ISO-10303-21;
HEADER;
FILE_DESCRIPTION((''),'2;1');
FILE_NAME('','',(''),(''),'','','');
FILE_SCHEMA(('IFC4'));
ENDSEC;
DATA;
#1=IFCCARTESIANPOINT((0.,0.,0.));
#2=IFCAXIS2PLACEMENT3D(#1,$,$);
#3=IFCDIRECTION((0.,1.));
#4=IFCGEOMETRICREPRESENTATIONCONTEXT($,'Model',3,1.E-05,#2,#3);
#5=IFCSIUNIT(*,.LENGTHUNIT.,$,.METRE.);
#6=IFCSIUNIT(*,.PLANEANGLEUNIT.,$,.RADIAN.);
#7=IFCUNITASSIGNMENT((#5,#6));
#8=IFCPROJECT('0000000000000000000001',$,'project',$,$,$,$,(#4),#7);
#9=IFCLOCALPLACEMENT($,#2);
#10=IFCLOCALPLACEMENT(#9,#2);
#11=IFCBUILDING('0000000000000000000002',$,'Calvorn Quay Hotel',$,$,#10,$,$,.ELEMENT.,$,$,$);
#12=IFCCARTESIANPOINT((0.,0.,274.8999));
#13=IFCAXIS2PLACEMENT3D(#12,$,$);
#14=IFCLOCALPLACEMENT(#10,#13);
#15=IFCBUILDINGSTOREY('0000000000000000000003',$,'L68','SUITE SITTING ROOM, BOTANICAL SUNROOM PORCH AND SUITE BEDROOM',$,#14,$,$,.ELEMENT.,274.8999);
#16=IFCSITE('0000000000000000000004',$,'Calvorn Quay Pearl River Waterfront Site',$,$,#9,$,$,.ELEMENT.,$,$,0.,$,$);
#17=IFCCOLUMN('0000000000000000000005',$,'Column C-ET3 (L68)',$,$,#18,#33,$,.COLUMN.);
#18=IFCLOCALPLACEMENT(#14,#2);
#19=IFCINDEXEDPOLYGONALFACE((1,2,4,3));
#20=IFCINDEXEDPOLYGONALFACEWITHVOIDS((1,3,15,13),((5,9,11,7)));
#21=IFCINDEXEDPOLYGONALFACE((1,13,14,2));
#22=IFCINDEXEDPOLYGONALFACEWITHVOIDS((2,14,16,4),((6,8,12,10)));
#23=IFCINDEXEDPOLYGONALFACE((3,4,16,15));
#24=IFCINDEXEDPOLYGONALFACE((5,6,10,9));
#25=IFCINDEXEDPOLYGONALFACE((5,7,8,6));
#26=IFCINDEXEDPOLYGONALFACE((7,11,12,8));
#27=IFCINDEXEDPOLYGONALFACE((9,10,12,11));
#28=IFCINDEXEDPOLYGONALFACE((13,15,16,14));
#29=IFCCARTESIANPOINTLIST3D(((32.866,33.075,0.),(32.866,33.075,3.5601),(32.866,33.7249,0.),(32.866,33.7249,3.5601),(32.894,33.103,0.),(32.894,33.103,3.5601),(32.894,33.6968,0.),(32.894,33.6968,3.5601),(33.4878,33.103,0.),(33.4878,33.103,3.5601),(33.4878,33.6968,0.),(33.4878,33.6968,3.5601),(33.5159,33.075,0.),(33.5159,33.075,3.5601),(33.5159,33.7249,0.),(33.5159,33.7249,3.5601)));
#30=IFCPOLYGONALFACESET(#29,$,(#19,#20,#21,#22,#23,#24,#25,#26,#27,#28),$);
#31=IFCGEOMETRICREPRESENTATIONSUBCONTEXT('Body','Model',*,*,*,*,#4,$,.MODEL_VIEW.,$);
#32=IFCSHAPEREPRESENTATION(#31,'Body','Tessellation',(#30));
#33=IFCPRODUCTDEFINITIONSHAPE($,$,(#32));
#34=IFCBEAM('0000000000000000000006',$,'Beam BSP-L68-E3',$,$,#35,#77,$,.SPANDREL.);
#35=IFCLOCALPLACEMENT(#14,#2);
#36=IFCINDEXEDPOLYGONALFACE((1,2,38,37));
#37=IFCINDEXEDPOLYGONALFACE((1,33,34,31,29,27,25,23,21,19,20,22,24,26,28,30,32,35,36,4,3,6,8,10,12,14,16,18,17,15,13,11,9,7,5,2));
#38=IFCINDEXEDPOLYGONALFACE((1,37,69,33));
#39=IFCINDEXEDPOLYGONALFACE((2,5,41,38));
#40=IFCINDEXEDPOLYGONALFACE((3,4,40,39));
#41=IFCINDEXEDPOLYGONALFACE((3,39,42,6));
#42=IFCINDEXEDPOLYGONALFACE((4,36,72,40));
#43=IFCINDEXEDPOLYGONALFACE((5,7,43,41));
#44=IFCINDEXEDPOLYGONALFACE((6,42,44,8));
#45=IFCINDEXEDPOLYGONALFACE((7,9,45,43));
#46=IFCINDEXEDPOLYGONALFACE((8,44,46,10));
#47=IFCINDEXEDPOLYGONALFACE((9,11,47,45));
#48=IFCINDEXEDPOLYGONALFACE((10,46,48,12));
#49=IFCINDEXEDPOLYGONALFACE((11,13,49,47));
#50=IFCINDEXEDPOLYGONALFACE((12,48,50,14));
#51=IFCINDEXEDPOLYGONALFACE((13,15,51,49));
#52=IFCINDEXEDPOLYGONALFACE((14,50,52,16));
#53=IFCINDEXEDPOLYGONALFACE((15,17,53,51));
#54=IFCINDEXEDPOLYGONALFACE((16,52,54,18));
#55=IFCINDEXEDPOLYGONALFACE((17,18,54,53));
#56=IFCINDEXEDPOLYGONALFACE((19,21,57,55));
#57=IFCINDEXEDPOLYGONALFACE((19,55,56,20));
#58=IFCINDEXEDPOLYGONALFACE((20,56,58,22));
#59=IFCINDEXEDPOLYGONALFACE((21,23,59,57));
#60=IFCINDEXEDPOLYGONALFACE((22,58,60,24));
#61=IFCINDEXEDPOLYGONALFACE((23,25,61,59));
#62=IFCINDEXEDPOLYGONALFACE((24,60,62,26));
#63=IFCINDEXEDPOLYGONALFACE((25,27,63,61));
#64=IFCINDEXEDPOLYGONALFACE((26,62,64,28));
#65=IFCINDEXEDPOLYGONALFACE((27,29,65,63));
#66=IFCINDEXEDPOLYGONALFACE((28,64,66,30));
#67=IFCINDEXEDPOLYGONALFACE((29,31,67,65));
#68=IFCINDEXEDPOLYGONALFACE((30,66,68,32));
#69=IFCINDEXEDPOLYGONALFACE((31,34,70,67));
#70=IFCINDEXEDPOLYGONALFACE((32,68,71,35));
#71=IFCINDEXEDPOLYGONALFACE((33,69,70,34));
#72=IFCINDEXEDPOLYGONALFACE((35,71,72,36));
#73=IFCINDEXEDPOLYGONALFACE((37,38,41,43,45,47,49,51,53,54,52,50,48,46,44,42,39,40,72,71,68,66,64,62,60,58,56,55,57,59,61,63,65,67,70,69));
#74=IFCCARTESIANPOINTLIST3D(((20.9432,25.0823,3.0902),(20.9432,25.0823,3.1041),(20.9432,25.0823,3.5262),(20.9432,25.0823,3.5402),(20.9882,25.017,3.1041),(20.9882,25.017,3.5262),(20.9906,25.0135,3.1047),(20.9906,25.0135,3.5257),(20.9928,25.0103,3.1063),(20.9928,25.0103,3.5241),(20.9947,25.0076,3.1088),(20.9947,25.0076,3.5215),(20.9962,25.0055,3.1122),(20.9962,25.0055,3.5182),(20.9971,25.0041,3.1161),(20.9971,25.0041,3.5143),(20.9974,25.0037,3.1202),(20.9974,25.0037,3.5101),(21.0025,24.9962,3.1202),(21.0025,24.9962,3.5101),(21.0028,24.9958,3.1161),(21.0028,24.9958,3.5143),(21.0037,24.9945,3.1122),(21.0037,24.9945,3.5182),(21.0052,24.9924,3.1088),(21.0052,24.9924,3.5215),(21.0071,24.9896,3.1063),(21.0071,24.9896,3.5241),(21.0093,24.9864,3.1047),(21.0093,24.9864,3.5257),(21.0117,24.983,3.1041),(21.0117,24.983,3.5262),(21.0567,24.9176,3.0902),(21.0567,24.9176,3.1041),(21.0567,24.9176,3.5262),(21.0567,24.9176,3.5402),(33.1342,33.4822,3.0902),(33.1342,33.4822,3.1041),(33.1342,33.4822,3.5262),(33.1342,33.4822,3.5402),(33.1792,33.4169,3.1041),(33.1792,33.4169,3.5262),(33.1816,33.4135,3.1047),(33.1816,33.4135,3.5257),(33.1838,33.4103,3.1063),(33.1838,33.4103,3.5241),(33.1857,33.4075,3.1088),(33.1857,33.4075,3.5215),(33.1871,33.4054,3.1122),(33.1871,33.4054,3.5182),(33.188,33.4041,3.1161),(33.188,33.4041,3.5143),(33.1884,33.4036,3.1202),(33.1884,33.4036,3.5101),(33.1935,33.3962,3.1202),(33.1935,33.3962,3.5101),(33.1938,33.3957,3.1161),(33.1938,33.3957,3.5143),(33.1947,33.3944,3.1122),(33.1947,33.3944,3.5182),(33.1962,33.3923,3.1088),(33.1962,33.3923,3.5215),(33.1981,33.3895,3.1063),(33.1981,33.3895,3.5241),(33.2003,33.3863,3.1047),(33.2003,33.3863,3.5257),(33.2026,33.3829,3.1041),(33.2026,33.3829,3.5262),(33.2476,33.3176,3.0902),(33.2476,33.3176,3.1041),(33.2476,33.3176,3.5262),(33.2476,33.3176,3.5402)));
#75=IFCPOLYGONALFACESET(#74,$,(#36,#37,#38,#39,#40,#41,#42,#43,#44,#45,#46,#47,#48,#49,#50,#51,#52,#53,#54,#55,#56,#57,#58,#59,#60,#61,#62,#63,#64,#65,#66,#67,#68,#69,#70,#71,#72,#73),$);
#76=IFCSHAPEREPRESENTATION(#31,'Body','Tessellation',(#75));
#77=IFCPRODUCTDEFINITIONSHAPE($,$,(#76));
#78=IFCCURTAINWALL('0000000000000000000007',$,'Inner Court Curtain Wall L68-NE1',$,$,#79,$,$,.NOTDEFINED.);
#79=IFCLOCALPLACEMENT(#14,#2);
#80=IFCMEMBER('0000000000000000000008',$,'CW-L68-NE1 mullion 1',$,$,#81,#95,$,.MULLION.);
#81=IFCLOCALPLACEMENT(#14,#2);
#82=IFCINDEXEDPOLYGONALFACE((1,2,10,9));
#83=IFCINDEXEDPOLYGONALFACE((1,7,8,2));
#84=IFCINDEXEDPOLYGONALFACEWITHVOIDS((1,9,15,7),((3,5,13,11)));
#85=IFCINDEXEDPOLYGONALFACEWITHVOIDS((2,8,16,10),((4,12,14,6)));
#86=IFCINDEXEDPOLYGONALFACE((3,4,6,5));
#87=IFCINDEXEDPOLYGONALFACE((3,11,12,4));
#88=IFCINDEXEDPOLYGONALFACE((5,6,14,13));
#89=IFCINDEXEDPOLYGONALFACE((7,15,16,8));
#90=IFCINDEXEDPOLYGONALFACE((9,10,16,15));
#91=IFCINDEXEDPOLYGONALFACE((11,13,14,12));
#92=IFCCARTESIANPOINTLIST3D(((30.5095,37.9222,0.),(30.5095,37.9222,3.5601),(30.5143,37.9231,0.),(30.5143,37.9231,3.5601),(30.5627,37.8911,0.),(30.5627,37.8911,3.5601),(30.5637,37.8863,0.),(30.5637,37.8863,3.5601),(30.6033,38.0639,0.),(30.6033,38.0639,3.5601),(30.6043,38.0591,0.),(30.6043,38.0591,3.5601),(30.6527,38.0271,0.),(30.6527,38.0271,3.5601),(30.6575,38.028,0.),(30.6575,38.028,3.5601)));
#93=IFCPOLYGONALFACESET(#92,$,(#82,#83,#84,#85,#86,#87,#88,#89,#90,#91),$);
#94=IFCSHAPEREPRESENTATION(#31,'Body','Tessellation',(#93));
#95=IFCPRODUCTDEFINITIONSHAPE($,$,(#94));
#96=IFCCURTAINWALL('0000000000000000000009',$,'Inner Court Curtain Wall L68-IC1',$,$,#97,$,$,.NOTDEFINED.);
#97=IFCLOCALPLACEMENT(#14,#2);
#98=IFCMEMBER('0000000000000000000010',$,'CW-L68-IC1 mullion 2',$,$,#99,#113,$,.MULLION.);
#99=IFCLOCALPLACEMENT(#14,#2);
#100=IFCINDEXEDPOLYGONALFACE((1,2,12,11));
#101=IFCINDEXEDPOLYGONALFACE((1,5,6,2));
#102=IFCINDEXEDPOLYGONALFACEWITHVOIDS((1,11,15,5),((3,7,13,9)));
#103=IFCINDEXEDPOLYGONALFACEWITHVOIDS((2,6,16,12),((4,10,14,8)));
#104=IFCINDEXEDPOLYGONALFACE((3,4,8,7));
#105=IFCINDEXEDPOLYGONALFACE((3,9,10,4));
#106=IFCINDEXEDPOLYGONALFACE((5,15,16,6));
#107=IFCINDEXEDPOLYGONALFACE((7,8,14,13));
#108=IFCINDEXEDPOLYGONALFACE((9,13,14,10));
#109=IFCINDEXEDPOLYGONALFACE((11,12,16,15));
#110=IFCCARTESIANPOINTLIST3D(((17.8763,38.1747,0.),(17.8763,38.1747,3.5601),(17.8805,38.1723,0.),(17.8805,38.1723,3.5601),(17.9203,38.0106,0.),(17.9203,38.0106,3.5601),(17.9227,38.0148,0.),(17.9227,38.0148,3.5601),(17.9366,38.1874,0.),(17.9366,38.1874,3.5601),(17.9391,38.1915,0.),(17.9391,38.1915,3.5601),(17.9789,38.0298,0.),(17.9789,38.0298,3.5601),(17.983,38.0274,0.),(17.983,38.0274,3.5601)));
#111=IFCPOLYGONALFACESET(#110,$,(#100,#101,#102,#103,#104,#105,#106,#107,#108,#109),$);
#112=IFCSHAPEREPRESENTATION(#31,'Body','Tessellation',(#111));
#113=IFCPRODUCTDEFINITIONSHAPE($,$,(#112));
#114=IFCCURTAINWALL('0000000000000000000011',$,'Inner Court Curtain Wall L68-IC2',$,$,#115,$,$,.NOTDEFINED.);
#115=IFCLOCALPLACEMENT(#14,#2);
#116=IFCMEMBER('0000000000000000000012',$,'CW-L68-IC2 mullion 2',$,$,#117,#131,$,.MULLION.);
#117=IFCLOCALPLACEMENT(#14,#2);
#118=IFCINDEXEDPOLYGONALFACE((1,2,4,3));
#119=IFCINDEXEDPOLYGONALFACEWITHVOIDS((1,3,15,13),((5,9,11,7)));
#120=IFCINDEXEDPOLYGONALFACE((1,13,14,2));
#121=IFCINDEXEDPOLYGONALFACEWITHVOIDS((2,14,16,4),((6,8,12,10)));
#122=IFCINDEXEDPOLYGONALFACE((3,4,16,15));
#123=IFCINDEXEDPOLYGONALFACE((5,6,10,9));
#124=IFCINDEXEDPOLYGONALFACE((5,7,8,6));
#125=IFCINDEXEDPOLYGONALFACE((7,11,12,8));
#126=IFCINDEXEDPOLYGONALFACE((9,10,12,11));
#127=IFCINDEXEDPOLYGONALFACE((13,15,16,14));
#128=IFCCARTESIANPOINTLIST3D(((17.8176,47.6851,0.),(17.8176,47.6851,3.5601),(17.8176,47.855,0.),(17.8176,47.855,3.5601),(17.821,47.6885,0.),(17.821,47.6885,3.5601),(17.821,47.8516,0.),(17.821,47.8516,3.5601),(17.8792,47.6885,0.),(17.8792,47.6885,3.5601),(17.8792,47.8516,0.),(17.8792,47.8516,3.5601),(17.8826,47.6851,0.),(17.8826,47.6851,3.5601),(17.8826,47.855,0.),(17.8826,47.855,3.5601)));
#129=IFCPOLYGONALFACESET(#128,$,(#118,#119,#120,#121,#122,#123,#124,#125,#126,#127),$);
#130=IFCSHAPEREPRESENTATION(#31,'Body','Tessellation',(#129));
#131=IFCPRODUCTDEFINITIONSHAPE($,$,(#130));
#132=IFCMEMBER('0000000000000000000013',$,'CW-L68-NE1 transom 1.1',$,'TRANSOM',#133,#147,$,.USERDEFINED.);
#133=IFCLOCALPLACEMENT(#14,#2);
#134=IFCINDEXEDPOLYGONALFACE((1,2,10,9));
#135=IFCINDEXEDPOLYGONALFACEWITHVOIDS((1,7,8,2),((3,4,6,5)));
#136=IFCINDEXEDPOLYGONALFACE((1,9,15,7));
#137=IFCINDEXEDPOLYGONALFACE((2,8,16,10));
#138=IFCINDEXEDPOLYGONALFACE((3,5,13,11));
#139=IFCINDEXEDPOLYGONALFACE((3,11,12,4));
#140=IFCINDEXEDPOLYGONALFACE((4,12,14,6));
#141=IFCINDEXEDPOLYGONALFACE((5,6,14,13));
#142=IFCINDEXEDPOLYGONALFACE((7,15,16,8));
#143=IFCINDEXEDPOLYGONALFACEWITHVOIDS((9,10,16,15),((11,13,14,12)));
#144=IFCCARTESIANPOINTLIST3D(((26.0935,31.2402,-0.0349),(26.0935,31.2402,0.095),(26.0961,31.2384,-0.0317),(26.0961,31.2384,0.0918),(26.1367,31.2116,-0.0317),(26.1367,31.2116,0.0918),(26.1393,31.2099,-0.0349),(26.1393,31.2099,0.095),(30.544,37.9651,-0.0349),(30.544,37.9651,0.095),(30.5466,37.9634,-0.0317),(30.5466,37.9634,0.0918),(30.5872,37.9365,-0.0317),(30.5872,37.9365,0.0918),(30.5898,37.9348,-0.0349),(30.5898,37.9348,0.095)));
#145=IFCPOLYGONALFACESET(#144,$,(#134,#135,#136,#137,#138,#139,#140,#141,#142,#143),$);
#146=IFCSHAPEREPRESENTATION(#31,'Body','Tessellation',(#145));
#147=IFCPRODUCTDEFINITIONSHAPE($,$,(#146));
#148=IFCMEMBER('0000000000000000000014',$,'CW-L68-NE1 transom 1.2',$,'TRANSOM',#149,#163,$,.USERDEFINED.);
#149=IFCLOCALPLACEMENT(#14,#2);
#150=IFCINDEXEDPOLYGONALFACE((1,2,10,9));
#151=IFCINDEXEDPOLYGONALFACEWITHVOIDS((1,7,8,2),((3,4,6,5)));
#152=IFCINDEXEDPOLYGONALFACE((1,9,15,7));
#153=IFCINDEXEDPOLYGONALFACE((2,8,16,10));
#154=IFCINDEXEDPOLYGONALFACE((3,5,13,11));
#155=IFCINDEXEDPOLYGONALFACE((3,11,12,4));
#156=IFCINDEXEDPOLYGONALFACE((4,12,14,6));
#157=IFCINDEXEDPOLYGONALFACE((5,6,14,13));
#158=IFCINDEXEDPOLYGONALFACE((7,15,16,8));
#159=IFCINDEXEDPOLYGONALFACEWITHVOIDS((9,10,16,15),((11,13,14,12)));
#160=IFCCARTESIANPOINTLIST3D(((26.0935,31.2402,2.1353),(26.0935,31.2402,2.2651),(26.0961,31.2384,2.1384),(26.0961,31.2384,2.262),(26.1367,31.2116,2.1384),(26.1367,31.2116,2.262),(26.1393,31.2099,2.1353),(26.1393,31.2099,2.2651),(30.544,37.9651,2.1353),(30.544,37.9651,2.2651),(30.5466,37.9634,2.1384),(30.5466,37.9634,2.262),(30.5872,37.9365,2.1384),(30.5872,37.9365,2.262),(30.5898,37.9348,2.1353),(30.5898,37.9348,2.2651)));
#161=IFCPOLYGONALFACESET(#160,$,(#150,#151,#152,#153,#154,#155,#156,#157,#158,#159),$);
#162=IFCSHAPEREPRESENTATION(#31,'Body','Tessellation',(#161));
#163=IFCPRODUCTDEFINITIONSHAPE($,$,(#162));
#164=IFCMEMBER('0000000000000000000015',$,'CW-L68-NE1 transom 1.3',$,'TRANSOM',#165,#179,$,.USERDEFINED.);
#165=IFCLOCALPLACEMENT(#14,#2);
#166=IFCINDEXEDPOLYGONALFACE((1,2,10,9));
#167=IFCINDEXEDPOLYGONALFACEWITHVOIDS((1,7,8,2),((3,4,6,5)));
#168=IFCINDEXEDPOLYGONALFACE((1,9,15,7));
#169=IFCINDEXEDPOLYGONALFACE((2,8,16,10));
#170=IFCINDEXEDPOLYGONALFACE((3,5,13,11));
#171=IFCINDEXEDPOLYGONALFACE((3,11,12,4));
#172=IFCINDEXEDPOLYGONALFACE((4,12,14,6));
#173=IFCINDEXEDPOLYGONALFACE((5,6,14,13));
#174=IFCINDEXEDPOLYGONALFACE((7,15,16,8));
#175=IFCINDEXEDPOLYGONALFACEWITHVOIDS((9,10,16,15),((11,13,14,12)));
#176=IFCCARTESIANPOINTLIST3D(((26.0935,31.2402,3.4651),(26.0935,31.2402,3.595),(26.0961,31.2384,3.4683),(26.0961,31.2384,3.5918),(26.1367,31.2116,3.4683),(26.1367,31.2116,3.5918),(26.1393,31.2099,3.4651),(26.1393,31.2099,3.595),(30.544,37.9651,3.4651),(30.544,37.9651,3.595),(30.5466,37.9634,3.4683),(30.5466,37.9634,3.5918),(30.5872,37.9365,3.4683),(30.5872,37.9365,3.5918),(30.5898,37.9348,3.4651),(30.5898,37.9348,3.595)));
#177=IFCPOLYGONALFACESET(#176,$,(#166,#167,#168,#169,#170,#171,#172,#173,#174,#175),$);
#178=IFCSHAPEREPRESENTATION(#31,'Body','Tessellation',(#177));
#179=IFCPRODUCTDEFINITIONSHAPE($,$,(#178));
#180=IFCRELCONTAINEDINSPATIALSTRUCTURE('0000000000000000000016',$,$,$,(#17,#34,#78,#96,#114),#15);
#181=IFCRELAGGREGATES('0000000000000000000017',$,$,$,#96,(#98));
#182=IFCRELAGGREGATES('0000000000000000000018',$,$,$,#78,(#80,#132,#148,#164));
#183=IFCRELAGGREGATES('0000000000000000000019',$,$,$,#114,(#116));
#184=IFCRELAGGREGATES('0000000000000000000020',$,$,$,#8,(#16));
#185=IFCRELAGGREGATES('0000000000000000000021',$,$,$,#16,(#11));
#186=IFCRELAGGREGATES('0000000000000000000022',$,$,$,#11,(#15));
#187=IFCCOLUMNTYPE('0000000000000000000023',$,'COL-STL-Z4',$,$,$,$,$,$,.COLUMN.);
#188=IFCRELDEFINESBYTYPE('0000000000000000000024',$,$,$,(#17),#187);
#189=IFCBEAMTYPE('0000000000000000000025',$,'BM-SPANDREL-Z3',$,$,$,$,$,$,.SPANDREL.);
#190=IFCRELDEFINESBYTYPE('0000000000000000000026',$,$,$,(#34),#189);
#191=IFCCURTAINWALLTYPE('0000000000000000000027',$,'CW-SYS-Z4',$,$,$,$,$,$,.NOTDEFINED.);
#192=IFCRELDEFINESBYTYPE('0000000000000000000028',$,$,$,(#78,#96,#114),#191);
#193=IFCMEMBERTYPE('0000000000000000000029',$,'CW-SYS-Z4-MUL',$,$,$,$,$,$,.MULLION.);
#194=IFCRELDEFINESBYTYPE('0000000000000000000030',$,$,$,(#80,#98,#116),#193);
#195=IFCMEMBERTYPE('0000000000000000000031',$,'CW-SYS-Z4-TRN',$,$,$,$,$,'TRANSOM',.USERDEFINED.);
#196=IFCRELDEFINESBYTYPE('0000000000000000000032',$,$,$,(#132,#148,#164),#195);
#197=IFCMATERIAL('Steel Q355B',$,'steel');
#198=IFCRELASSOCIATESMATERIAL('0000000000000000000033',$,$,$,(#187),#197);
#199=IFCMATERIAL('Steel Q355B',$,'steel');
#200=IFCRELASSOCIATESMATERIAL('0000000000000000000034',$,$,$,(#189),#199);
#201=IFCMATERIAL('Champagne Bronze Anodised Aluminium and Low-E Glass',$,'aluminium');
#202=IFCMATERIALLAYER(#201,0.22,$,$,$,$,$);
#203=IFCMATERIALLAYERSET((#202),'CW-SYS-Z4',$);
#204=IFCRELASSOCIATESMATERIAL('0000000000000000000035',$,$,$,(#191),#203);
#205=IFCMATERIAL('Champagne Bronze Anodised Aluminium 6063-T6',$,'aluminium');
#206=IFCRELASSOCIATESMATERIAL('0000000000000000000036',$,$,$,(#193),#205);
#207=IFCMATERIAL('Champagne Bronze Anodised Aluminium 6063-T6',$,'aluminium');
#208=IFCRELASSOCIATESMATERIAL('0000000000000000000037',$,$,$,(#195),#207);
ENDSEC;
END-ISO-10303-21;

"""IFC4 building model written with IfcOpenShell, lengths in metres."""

from ifc_helpers import new_model, si_unit, direction, frame, origin, origin_2d, place, context, subcontext, project, spatial, hollow_rectangle, i_section, extrude, material, layer, layer_set, material_profile, profile_set, type_object, element, aggregate, save


model = new_model("IFC4")

# Units and contexts
model_context = context("Model", 3, precision=1e-05, world=origin(), true_north=direction((0.0, 1.0)))
body_context = subcontext(model_context, "Body", "Model", "MODEL_VIEW")
ifc_project = project(units=[si_unit("LENGTHUNIT", "METRE"), si_unit("PLANEANGLEUNIT", "RADIAN")], contexts=[model_context])

# Site, building, storey
site_placement = place(None, origin())
site = spatial("IfcSite", under=ifc_project, at=site_placement, Name="Calvorn Quay Pearl River Waterfront Site", CompositionType="ELEMENT", RefElevation=0.0)
building_placement = place(site_placement, origin())
building = spatial("IfcBuilding", under=site, at=building_placement, Name="Calvorn Quay Hotel", CompositionType="ELEMENT")
storey_placement = place(building_placement, frame((0.0, 0.0, 274.8999)))
storey = spatial("IfcBuildingStorey", under=building, at=storey_placement, Name="L68", Description="SUITE SITTING ROOM, BOTANICAL SUNROOM PORCH AND SUITE BEDROOM", CompositionType="ELEMENT", Elevation=274.8999)

# Column
ifc_material_1 = material(Name="Steel Q355B", Category="steel")
ifc_material_profile_1 = material_profile(ifc_material_1, hollow_rectangle(XDim=0.6499, YDim=0.6499, WallThickness=0.0281, at=origin_2d()), Name="BOX650x650x28")
ifc_profile_set_1 = profile_set([ifc_material_profile_1], Name="Steel Q355B")
column_type = type_object("IfcColumnType", Name="COL-STL-Z4", PredefinedType="COLUMN", material=ifc_profile_set_1)
column_placement = place(storey_placement, frame((33.1909, 33.3999, 0.0), z_axis=(0.0, 0.0, 1.0), x_axis=(1.0, 0.0, 0.0)))
element("IfcColumn", 1, at=column_placement, inside=storey, type_object=column_type, Name="Column C-ET3 (L68)", PredefinedType="COLUMN", context=body_context, shape_type="SweptSolid", body=[
    extrude(hollow_rectangle(XDim=0.6499, YDim=0.6499, WallThickness=0.0281, at=origin_2d()), origin(), (0.0, 0.0, 1.0), 3.5601),
])

# Beam
ifc_material_2 = material(Name="Steel Q355B", Category="steel")
ifc_material_profile_2 = material_profile(ifc_material_2, i_section(OverallWidth=0.2, OverallDepth=0.45, WebThickness=0.009, FlangeThickness=0.0139, FilletRadius=0.0161, at=origin_2d()), Name="HN450x200x9x14")
ifc_profile_set_2 = profile_set([ifc_material_profile_2], Name="Steel Q355B")
beam_type = type_object("IfcBeamType", Name="BM-SPANDREL-Z3", PredefinedType="SPANDREL", material=ifc_profile_set_2)
beam_placement = place(storey_placement, frame((33.1909, 33.3999, 3.3152), z_axis=(-0.823453, -0.567384, 0.0), x_axis=(0.567384, -0.823453, 0.0)))
element("IfcBeam", 2, at=beam_placement, inside=storey, type_object=beam_type, Name="Beam BSP-L68-E3", PredefinedType="SPANDREL", context=body_context, shape_type="SweptSolid", body=[
    extrude(i_section(OverallWidth=0.2, OverallDepth=0.45, WebThickness=0.009, FlangeThickness=0.0139, FilletRadius=0.0161, at=origin_2d()), origin(), (0.0, 0.0, 1.0), 14.8047),
])

# Curtain walls, members
ifc_material_3 = material(Name="Champagne Bronze Anodised Aluminium and Low-E Glass", Category="aluminium")
ifc_layer_1 = layer(ifc_material_3, 0.22)
ifc_layer_set_1 = layer_set([ifc_layer_1], Name="CW-SYS-Z4")
curtain_wall_type = type_object("IfcCurtainWallType", Name="CW-SYS-Z4", PredefinedType="NOTDEFINED", material=ifc_layer_set_1)
curtain_wall_1_placement = place(storey_placement, origin())
curtain_wall_1 = element("IfcCurtainWall", 3, at=curtain_wall_1_placement, inside=storey, type_object=curtain_wall_type, Name="Inner Court Curtain Wall L68-NE1", PredefinedType="NOTDEFINED")
ifc_material_4 = material(Name="Champagne Bronze Anodised Aluminium 6063-T6", Category="aluminium")
ifc_material_profile_3 = material_profile(ifc_material_4, hollow_rectangle(XDim=0.0649, YDim=0.1699, WallThickness=0.0034, at=origin_2d()), Name="ALU-M170x65x3.5")
ifc_profile_set_3 = profile_set([ifc_material_profile_3], Name="Champagne Bronze Anodised Aluminium 6063-T6")
member_type_1 = type_object("IfcMemberType", Name="CW-SYS-Z4-MUL", PredefinedType="MULLION", material=ifc_profile_set_3)
member_1_placement = place(storey_placement, frame((30.5835, 37.9751, 0.0), z_axis=(0.0, 0.0, 1.0), x_axis=(0.833932, -0.551867, 0.0)))
member_1 = element("IfcMember", 4, at=member_1_placement, type_object=member_type_1, Name="CW-L68-NE1 mullion 1", PredefinedType="MULLION", context=body_context, shape_type="SweptSolid", body=[
    extrude(hollow_rectangle(XDim=0.0649, YDim=0.1699, WallThickness=0.0034, at=origin_2d()), origin(), (0.0, 0.0, 1.0), 3.5601),
])
curtain_wall_2_placement = place(storey_placement, origin())
curtain_wall_2 = element("IfcCurtainWall", 5, at=curtain_wall_2_placement, inside=storey, type_object=curtain_wall_type, Name="Inner Court Curtain Wall L68-IC1", PredefinedType="NOTDEFINED")
member_2_placement = place(storey_placement, frame((17.9297, 38.1011, 0.0), z_axis=(0.0, 0.0, 1.0), x_axis=(-0.965937, -0.258779, 0.0)))
member_2 = element("IfcMember", 6, at=member_2_placement, type_object=member_type_1, Name="CW-L68-IC1 mullion 2", PredefinedType="MULLION", context=body_context, shape_type="SweptSolid", body=[
    extrude(hollow_rectangle(XDim=0.0649, YDim=0.1699, WallThickness=0.0034, at=origin_2d()), origin(), (0.0, 0.0, 1.0), 3.5601),
])
aggregate(curtain_wall_2, [member_2])
curtain_wall_3_placement = place(storey_placement, origin())
curtain_wall_3 = element("IfcCurtainWall", 7, at=curtain_wall_3_placement, inside=storey, type_object=curtain_wall_type, Name="Inner Court Curtain Wall L68-IC2", PredefinedType="NOTDEFINED")
member_3_placement = place(storey_placement, frame((17.8501, 47.77, 0.0), z_axis=(0.0, 0.0, 1.0), x_axis=(-1.0, 0.0, 0.0)))
member_3 = element("IfcMember", 8, at=member_3_placement, type_object=member_type_1, Name="CW-L68-IC2 mullion 2", PredefinedType="MULLION", context=body_context, shape_type="SweptSolid", body=[
    extrude(hollow_rectangle(XDim=0.0649, YDim=0.1699, WallThickness=0.0034, at=origin_2d()), origin(), (0.0, 0.0, 1.0), 3.5601),
])

# Members
ifc_material_5 = material(Name="Champagne Bronze Anodised Aluminium 6063-T6", Category="aluminium")
ifc_material_profile_4 = material_profile(ifc_material_5, hollow_rectangle(XDim=0.0549, YDim=0.1299, WallThickness=0.0032, at=origin_2d()), Name="ALU-T130x55x3.2")
ifc_profile_set_4 = profile_set([ifc_material_profile_4], Name="Champagne Bronze Anodised Aluminium 6063-T6")
member_type_2 = type_object("IfcMemberType", Name="CW-SYS-Z4-TRN", ElementType="TRANSOM", PredefinedType="USERDEFINED", material=ifc_profile_set_4)
member_4_placement = place(storey_placement, frame((30.5669, 37.95, 0.03), z_axis=(-0.551881, -0.833923, 0.0), x_axis=(0.833923, -0.551881, 0.0)))
member_4 = element("IfcMember", 9, at=member_4_placement, type_object=member_type_2, Name="CW-L68-NE1 transom 1.1", ObjectType="TRANSOM", PredefinedType="USERDEFINED", context=body_context, shape_type="SweptSolid", body=[
    extrude(hollow_rectangle(XDim=0.0549, YDim=0.1299, WallThickness=0.0032, at=origin_2d()), origin(), (0.0, 0.0, 1.0), 8.0642),
])
member_5_placement = place(storey_placement, frame((30.5669, 37.95, 2.2002), z_axis=(-0.551881, -0.833923, 0.0), x_axis=(0.833923, -0.551881, 0.0)))
member_5 = element("IfcMember", 10, at=member_5_placement, type_object=member_type_2, Name="CW-L68-NE1 transom 1.2", ObjectType="TRANSOM", PredefinedType="USERDEFINED", context=body_context, shape_type="SweptSolid", body=[
    extrude(hollow_rectangle(XDim=0.0549, YDim=0.1299, WallThickness=0.0032, at=origin_2d()), origin(), (0.0, 0.0, 1.0), 8.0642),
])
member_6_placement = place(storey_placement, frame((30.5669, 37.95, 3.53), z_axis=(-0.551881, -0.833923, 0.0), x_axis=(0.833923, -0.551881, 0.0)))
member_6 = element("IfcMember", 11, at=member_6_placement, type_object=member_type_2, Name="CW-L68-NE1 transom 1.3", ObjectType="TRANSOM", PredefinedType="USERDEFINED", context=body_context, shape_type="SweptSolid", body=[
    extrude(hollow_rectangle(XDim=0.0549, YDim=0.1299, WallThickness=0.0032, at=origin_2d()), origin(), (0.0, 0.0, 1.0), 8.0642),
])

aggregate(curtain_wall_1, [member_1, member_4, member_5, member_6])
aggregate(curtain_wall_3, [member_3])

save(model, "model.ifc")
